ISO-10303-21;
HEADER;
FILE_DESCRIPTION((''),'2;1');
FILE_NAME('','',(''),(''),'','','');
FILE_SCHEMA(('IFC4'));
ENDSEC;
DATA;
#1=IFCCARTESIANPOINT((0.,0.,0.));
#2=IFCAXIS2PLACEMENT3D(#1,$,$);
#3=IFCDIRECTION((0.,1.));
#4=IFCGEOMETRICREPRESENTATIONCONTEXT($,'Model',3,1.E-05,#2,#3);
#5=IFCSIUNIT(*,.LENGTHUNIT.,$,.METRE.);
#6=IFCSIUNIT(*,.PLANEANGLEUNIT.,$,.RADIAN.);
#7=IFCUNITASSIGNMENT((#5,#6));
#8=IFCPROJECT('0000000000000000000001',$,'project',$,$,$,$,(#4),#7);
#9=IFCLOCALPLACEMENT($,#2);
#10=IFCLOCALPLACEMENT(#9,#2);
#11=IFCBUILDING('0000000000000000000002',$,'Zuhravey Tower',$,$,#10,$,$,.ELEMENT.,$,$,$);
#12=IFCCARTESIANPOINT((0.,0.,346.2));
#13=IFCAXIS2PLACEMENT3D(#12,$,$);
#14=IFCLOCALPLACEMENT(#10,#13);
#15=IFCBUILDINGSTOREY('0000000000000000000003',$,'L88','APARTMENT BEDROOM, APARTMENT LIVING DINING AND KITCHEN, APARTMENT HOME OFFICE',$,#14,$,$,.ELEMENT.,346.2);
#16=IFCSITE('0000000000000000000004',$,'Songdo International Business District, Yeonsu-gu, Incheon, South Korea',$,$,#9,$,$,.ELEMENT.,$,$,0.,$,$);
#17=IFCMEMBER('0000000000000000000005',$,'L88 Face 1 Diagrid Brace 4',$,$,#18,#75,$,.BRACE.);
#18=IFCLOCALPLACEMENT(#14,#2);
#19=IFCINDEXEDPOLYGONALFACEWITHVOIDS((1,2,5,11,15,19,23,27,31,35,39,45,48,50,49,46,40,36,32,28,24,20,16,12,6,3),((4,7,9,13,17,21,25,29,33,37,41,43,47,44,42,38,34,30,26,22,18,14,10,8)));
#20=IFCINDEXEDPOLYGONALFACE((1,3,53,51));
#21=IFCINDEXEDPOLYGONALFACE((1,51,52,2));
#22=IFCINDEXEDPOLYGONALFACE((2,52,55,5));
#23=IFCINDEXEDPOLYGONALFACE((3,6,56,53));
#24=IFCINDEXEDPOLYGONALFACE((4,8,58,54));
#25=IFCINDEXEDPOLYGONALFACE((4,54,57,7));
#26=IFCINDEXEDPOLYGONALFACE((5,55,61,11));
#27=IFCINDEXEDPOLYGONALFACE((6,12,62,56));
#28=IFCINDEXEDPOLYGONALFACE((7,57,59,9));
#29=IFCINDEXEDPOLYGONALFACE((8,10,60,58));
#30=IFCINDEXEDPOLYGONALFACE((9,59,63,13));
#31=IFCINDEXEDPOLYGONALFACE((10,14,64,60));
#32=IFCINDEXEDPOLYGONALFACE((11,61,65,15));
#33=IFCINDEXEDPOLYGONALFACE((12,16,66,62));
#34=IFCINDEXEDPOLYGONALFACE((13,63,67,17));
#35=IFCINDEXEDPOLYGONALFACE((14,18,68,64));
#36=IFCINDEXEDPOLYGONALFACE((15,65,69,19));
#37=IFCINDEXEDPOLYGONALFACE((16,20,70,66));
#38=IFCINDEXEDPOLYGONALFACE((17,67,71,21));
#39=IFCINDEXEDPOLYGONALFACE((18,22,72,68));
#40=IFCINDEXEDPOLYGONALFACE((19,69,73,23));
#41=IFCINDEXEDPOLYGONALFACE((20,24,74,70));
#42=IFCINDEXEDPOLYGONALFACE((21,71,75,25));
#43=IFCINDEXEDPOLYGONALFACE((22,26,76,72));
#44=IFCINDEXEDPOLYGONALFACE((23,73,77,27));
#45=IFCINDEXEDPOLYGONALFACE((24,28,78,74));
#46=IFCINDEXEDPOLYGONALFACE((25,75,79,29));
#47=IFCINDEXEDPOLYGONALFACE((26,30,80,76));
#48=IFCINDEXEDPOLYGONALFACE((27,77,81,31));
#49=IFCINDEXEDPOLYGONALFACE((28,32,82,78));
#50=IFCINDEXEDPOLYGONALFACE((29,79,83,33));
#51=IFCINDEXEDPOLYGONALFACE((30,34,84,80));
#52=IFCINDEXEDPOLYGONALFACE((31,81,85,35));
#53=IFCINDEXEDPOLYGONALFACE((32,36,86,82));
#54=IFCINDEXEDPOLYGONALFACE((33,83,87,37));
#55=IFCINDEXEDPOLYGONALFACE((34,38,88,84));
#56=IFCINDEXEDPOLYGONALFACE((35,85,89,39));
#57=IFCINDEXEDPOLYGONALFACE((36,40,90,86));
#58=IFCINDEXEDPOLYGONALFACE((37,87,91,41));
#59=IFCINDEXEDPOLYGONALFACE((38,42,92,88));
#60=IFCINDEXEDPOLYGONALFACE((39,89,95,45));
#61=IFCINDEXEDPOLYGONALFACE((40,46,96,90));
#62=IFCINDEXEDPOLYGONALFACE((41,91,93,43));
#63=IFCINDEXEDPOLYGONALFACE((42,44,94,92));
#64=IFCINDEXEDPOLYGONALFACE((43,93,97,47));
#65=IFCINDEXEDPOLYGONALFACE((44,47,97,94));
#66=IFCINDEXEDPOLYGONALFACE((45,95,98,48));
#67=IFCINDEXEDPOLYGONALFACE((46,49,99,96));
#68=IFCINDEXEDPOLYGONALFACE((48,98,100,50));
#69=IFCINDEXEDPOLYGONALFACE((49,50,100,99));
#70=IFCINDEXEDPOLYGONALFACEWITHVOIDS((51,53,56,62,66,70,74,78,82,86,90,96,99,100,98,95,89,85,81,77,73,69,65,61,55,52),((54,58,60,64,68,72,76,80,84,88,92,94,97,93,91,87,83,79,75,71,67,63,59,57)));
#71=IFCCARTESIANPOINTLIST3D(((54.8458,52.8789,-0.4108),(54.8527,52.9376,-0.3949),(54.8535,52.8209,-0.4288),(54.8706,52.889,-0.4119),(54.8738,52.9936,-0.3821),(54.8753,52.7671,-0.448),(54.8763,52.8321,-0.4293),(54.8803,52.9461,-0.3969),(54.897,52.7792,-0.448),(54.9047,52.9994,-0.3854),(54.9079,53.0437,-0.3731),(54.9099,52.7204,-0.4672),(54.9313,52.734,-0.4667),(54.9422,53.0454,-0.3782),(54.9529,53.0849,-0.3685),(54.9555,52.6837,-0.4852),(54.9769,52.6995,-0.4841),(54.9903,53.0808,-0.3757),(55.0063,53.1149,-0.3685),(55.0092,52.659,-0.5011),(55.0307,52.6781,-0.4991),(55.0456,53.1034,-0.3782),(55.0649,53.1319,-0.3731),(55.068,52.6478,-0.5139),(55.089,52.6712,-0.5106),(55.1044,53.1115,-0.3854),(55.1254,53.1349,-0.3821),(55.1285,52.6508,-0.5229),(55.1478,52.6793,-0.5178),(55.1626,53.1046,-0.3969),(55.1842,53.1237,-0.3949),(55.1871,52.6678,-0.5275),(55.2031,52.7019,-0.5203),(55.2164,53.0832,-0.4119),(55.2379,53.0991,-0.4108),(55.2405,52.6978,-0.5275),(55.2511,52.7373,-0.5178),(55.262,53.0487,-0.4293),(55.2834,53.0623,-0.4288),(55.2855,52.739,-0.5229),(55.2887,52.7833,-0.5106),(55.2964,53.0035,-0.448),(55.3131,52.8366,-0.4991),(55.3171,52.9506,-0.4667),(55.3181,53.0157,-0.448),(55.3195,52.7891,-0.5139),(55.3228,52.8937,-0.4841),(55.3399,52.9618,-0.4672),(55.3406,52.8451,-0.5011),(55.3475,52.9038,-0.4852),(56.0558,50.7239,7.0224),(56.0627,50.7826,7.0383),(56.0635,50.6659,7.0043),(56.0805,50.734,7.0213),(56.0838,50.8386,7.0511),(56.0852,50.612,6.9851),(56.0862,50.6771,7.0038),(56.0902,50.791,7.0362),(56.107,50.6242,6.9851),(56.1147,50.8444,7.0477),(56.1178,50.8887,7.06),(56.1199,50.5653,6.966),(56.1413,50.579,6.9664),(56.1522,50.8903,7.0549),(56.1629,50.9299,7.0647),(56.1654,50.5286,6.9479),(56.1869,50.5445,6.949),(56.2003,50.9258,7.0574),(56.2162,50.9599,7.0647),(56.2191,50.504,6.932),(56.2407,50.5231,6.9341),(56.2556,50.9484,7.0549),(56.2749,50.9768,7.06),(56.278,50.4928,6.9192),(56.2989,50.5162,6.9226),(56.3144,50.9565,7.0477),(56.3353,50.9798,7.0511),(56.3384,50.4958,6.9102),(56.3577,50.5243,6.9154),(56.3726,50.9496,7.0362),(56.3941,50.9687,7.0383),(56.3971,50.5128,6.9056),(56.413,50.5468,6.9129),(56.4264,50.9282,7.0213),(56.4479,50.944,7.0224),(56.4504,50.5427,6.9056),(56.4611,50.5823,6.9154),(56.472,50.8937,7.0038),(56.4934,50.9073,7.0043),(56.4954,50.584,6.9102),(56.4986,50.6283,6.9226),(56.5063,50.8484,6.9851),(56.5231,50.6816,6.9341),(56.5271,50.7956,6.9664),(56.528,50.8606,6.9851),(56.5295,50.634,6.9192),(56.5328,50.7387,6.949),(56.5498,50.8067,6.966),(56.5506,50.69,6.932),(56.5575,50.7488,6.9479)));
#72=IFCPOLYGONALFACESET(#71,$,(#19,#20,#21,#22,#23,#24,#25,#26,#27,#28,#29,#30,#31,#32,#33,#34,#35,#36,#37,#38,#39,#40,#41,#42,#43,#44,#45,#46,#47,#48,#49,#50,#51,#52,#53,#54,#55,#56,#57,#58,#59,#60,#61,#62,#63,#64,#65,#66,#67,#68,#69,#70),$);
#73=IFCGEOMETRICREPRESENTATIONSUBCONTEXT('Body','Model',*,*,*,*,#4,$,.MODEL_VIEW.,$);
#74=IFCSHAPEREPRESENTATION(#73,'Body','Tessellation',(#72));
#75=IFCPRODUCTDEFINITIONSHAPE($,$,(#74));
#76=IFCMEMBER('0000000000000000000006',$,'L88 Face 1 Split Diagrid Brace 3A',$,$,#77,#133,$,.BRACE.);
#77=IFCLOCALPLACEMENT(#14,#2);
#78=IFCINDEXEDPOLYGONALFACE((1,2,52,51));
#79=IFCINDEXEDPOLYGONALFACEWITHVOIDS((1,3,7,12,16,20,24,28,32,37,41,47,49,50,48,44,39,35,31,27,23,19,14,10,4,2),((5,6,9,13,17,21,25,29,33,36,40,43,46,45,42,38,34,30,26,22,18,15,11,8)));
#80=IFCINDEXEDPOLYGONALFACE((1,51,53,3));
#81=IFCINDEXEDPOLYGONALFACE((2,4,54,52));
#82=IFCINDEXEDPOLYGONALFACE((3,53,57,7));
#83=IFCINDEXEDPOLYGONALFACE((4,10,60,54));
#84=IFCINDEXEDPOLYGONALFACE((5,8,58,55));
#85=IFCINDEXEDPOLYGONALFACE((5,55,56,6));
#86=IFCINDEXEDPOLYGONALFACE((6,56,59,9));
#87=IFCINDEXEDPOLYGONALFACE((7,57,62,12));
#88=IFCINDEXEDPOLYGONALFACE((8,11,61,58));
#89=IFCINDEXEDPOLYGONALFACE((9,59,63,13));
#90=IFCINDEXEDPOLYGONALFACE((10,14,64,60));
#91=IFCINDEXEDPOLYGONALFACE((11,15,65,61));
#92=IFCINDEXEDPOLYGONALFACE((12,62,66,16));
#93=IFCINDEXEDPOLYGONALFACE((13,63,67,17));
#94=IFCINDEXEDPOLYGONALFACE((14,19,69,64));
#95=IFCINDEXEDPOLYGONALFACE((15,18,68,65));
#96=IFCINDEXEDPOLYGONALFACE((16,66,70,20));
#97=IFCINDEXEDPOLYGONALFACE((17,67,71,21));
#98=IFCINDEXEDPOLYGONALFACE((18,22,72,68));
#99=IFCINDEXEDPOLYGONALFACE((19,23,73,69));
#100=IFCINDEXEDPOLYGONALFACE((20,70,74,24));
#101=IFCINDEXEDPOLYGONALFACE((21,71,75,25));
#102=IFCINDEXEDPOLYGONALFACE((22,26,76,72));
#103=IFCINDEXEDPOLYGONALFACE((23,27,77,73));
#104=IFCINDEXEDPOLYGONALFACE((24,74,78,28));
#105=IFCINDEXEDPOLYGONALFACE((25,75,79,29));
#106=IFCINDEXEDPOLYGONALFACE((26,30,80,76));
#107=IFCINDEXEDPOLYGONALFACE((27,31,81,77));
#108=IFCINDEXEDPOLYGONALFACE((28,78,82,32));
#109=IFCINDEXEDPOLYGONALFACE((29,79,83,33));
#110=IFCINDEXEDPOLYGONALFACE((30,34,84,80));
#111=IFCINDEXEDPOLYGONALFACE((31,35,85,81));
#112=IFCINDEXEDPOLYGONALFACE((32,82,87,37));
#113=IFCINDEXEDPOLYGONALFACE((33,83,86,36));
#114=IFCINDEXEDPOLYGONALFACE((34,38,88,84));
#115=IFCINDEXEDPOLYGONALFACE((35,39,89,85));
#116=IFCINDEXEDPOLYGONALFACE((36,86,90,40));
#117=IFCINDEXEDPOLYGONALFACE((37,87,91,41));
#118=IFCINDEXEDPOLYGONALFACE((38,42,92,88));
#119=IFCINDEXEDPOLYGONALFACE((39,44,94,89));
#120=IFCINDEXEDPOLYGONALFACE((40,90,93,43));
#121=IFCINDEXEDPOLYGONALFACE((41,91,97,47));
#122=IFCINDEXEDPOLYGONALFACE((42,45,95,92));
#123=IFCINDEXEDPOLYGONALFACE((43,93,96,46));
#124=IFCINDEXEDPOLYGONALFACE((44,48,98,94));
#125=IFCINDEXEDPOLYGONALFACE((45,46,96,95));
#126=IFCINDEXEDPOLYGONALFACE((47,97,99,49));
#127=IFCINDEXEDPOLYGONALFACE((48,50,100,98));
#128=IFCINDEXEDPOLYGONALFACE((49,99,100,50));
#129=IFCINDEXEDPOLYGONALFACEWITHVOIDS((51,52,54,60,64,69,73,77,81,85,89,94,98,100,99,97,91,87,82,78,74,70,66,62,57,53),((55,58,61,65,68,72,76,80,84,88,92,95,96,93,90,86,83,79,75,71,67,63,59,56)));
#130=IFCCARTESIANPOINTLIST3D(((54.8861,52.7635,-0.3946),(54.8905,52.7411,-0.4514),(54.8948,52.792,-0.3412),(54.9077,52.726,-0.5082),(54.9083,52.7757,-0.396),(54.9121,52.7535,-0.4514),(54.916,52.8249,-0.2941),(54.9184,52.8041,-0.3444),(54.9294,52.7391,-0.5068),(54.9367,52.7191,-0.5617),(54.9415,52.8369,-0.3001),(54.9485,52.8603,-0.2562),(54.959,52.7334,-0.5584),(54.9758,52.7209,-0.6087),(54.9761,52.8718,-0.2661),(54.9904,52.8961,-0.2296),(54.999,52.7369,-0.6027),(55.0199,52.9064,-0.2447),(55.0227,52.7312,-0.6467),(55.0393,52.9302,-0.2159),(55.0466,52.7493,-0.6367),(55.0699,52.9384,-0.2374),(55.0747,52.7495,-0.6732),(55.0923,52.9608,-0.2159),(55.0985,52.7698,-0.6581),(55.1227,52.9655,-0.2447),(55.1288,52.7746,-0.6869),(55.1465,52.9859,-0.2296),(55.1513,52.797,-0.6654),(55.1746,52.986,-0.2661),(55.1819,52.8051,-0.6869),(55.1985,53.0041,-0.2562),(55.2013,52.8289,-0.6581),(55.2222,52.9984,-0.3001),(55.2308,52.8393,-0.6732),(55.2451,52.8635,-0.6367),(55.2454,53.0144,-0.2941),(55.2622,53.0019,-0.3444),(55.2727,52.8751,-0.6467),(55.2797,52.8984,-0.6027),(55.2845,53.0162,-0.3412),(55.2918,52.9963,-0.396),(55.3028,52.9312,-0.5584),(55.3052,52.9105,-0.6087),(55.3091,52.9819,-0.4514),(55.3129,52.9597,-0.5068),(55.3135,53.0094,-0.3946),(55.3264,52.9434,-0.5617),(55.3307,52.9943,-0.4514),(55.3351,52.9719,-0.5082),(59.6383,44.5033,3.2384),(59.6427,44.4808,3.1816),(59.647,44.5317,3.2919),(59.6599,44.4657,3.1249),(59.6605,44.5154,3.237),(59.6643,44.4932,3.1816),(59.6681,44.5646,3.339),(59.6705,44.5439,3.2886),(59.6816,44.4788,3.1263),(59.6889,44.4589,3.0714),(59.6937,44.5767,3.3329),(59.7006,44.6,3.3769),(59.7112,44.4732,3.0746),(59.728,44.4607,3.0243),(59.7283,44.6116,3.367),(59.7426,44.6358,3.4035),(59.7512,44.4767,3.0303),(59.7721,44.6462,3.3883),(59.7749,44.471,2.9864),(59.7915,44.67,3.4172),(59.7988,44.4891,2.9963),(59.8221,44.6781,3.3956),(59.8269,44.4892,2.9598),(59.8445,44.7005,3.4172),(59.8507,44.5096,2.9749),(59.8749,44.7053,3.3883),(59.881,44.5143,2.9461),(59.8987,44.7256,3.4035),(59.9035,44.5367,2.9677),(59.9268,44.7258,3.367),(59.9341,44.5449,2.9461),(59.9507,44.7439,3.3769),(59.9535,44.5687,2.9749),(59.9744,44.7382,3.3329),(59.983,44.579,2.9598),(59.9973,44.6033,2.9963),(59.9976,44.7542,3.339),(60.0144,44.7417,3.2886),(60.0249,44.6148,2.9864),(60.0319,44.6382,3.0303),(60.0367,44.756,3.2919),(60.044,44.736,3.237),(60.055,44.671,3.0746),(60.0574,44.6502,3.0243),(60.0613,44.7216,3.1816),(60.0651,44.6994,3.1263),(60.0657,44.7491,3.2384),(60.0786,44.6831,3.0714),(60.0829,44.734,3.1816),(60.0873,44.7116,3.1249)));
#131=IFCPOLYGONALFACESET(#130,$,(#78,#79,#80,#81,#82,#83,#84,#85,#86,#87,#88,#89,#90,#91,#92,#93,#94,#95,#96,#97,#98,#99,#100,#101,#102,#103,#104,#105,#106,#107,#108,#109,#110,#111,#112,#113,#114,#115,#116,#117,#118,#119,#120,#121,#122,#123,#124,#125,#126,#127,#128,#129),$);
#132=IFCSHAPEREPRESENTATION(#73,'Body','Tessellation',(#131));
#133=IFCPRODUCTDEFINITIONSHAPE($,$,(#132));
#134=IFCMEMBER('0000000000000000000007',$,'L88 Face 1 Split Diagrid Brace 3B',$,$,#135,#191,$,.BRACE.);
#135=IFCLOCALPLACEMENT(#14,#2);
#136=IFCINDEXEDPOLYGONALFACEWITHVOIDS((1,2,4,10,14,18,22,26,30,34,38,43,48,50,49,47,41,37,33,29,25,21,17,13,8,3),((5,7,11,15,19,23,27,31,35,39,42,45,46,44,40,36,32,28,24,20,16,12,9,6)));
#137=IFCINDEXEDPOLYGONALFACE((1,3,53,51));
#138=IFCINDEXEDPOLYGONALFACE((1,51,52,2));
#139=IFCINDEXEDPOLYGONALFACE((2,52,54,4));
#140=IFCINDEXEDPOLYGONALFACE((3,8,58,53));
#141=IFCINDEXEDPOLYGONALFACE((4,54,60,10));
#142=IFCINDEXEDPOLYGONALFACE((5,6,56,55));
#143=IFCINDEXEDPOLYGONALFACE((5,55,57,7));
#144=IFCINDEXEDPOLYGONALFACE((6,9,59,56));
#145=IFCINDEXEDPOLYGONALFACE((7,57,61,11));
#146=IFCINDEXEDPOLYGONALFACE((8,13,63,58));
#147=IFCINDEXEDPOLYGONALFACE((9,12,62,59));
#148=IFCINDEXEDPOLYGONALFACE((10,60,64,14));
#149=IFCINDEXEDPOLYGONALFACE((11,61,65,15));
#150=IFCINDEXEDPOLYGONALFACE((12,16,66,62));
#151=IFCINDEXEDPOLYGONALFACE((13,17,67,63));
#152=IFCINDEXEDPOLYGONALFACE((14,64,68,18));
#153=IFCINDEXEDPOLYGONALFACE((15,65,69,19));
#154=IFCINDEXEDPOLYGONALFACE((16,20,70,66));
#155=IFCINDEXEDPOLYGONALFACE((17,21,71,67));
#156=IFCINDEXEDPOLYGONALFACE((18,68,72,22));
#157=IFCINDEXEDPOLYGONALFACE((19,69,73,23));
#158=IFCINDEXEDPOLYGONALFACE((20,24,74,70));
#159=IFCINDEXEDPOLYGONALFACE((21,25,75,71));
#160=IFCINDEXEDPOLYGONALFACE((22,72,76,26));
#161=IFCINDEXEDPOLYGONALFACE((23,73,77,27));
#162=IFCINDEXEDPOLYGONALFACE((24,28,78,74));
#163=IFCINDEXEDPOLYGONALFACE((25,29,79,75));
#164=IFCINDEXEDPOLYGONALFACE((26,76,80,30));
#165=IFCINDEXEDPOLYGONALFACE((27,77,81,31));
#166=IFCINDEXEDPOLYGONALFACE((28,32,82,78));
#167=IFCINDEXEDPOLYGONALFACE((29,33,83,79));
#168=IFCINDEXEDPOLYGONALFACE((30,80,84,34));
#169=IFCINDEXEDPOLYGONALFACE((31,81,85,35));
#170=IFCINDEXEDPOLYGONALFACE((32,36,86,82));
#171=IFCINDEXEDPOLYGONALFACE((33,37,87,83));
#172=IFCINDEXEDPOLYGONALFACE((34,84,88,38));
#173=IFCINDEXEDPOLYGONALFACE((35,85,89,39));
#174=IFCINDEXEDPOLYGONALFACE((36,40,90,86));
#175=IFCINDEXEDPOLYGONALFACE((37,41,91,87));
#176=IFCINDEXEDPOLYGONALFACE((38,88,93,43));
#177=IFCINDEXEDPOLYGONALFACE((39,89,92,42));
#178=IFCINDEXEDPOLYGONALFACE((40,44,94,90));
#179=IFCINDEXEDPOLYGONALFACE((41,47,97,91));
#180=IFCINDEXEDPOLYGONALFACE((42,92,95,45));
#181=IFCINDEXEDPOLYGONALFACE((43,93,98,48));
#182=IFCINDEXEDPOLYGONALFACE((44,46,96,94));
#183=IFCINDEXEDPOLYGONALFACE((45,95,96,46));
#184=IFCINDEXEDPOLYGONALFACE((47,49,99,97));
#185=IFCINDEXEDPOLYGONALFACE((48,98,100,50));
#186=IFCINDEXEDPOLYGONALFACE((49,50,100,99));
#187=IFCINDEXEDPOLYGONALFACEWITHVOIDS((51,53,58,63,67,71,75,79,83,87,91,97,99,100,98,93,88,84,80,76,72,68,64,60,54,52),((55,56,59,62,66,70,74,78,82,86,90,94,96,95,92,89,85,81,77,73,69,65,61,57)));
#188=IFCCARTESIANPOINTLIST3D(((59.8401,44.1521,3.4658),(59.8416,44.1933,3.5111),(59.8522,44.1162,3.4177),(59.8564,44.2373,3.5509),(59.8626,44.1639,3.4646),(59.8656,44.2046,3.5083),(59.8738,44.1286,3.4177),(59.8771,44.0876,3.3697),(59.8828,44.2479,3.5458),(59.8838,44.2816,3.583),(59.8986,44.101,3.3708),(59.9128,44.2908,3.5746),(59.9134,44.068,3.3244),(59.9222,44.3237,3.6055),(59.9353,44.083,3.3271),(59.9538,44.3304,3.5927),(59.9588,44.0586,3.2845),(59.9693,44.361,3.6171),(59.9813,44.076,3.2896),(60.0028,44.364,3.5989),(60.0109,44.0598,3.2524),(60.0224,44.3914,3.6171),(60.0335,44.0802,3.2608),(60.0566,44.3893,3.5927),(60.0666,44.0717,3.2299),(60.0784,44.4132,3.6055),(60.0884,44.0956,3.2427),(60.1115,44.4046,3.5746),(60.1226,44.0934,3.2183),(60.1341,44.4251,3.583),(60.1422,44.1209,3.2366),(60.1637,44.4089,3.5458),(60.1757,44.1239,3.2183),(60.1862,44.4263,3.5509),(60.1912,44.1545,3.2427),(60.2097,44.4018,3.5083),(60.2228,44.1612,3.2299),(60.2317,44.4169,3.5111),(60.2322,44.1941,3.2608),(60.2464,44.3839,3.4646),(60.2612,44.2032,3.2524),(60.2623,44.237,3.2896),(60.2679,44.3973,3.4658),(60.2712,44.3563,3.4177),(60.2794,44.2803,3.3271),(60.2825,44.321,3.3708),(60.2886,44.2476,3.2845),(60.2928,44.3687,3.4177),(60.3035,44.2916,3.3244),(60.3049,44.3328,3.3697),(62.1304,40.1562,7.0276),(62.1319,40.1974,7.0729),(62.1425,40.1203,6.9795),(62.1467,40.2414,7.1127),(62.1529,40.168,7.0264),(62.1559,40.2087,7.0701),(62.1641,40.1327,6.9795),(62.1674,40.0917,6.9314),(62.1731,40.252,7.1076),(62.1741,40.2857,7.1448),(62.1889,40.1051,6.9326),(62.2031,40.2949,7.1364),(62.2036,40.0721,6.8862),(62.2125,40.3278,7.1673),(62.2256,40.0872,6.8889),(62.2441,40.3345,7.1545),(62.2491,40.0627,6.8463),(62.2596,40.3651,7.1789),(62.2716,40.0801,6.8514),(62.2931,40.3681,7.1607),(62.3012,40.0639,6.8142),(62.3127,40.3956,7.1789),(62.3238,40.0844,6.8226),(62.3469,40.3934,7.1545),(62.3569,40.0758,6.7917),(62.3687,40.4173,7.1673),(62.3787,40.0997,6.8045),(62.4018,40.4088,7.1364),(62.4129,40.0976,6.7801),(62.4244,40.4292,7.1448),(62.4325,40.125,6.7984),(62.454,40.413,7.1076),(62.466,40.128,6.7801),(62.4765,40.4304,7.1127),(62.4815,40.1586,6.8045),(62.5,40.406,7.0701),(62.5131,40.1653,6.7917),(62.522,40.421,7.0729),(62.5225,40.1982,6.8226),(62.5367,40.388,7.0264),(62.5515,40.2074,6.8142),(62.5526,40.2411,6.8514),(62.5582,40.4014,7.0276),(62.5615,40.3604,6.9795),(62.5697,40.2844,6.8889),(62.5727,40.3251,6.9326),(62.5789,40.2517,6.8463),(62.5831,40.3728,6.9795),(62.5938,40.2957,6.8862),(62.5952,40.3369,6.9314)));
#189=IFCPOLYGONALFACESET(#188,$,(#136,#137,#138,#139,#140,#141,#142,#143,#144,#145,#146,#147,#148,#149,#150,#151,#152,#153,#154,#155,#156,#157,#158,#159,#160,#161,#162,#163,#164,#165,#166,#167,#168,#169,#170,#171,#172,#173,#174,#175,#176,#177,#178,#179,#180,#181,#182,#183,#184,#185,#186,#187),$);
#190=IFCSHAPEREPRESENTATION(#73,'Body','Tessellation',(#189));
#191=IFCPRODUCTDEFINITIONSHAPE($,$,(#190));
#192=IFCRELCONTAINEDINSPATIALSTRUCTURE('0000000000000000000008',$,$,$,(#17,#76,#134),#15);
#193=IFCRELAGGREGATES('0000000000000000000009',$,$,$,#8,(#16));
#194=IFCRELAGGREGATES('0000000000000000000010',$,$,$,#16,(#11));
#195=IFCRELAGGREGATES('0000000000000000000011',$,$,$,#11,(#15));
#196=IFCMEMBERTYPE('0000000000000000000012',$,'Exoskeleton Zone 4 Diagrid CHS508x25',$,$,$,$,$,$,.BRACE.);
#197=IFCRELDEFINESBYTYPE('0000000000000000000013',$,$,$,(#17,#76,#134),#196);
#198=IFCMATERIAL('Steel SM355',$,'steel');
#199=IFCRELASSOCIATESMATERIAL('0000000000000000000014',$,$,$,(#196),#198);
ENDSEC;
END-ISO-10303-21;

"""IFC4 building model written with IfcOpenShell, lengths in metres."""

from ifc_helpers import new_model, si_unit, direction, frame, origin, origin_2d, place, context, subcontext, project, spatial, hollow_circle, extrude, material, material_profile, profile_set, type_object, element, save


model = new_model("IFC4")

# Units and contexts
model_context = context("Model", 3, precision=1e-05, world=origin(), true_north=direction((0.0, 1.0)))
body_context = subcontext(model_context, "Body", "Model", "MODEL_VIEW")
ifc_project = project(units=[si_unit("LENGTHUNIT", "METRE"), si_unit("PLANEANGLEUNIT", "RADIAN")], contexts=[model_context])

# Site, building, storey
site_placement = place(None, origin())
site = spatial("IfcSite", under=ifc_project, at=site_placement, Name="Songdo International Business District, Yeonsu-gu, Incheon, South Korea", CompositionType="ELEMENT", RefElevation=0.0)
building_placement = place(site_placement, origin())
building = spatial("IfcBuilding", under=site, at=building_placement, Name="Zuhravey Tower", CompositionType="ELEMENT")
storey_placement = place(building_placement, frame((0.0, 0.0, 346.2)))
storey = spatial("IfcBuildingStorey", under=building, at=storey_placement, Name="L88", Description="APARTMENT BEDROOM, APARTMENT LIVING DINING AND KITCHEN, APARTMENT HOME OFFICE", CompositionType="ELEMENT", Elevation=346.2)

# Members
ifc_material_1 = material(Name="Steel SM355", Category="steel")
ifc_material_profile_1 = material_profile(ifc_material_1, hollow_circle(Radius=0.2539, WallThickness=0.0249, at=origin_2d()), Name="CHS-508.0x25")
ifc_profile_set_1 = profile_set([ifc_material_profile_1], Name="Steel SM355")
member_type_1 = type_object("IfcMemberType", Name="Exoskeleton Zone 4 Diagrid CHS508x25", PredefinedType="BRACE", material=ifc_profile_set_1)
member_1_placement = place(storey_placement, frame((55.0967, 52.8914, -0.448), z_axis=(0.154465, -0.275114, 0.948922), x_axis=(0.871963, 0.489572, 0.0)))
element("IfcMember", 1, at=member_1_placement, inside=storey, type_object=member_type_1, Name="L88 Face 1 Diagrid Brace 4", PredefinedType="BRACE", context=body_context, shape_type="SweptSolid", body=[
    extrude(hollow_circle(Radius=0.2539, WallThickness=0.0249, at=origin_2d()), origin(), (0.0, 0.0, 1.0), 7.8333),
])
member_2_placement = place(storey_placement, frame((55.1106, 52.8677, -0.4514), z_axis=(0.465959, -0.809929, 0.356226), x_axis=(0.866791, 0.498672, 0.0)))
element("IfcMember", 2, at=member_2_placement, inside=storey, type_object=member_type_1, Name="L88 Face 1 Split Diagrid Brace 3A", PredefinedType="BRACE", context=body_context, shape_type="SweptSolid", body=[
    extrude(hollow_circle(Radius=0.2539, WallThickness=0.0249, at=origin_2d()), origin(), (0.0, 0.0, 1.0), 10.1987),
])
member_3_placement = place(storey_placement, frame((60.0725, 44.2424, 3.4177), z_axis=(0.393369, -0.686309, 0.611753), x_axis=(0.867593, 0.497275, 0.0)))
element("IfcMember", 3, at=member_3_placement, inside=storey, type_object=member_type_1, Name="L88 Face 1 Split Diagrid Brace 3B", PredefinedType="BRACE", context=body_context, shape_type="SweptSolid", body=[
    extrude(hollow_circle(Radius=0.2539, WallThickness=0.0249, at=origin_2d()), origin(), (0.0, 0.0, 1.0), 5.8223),
])

save(model, "model.ifc")
